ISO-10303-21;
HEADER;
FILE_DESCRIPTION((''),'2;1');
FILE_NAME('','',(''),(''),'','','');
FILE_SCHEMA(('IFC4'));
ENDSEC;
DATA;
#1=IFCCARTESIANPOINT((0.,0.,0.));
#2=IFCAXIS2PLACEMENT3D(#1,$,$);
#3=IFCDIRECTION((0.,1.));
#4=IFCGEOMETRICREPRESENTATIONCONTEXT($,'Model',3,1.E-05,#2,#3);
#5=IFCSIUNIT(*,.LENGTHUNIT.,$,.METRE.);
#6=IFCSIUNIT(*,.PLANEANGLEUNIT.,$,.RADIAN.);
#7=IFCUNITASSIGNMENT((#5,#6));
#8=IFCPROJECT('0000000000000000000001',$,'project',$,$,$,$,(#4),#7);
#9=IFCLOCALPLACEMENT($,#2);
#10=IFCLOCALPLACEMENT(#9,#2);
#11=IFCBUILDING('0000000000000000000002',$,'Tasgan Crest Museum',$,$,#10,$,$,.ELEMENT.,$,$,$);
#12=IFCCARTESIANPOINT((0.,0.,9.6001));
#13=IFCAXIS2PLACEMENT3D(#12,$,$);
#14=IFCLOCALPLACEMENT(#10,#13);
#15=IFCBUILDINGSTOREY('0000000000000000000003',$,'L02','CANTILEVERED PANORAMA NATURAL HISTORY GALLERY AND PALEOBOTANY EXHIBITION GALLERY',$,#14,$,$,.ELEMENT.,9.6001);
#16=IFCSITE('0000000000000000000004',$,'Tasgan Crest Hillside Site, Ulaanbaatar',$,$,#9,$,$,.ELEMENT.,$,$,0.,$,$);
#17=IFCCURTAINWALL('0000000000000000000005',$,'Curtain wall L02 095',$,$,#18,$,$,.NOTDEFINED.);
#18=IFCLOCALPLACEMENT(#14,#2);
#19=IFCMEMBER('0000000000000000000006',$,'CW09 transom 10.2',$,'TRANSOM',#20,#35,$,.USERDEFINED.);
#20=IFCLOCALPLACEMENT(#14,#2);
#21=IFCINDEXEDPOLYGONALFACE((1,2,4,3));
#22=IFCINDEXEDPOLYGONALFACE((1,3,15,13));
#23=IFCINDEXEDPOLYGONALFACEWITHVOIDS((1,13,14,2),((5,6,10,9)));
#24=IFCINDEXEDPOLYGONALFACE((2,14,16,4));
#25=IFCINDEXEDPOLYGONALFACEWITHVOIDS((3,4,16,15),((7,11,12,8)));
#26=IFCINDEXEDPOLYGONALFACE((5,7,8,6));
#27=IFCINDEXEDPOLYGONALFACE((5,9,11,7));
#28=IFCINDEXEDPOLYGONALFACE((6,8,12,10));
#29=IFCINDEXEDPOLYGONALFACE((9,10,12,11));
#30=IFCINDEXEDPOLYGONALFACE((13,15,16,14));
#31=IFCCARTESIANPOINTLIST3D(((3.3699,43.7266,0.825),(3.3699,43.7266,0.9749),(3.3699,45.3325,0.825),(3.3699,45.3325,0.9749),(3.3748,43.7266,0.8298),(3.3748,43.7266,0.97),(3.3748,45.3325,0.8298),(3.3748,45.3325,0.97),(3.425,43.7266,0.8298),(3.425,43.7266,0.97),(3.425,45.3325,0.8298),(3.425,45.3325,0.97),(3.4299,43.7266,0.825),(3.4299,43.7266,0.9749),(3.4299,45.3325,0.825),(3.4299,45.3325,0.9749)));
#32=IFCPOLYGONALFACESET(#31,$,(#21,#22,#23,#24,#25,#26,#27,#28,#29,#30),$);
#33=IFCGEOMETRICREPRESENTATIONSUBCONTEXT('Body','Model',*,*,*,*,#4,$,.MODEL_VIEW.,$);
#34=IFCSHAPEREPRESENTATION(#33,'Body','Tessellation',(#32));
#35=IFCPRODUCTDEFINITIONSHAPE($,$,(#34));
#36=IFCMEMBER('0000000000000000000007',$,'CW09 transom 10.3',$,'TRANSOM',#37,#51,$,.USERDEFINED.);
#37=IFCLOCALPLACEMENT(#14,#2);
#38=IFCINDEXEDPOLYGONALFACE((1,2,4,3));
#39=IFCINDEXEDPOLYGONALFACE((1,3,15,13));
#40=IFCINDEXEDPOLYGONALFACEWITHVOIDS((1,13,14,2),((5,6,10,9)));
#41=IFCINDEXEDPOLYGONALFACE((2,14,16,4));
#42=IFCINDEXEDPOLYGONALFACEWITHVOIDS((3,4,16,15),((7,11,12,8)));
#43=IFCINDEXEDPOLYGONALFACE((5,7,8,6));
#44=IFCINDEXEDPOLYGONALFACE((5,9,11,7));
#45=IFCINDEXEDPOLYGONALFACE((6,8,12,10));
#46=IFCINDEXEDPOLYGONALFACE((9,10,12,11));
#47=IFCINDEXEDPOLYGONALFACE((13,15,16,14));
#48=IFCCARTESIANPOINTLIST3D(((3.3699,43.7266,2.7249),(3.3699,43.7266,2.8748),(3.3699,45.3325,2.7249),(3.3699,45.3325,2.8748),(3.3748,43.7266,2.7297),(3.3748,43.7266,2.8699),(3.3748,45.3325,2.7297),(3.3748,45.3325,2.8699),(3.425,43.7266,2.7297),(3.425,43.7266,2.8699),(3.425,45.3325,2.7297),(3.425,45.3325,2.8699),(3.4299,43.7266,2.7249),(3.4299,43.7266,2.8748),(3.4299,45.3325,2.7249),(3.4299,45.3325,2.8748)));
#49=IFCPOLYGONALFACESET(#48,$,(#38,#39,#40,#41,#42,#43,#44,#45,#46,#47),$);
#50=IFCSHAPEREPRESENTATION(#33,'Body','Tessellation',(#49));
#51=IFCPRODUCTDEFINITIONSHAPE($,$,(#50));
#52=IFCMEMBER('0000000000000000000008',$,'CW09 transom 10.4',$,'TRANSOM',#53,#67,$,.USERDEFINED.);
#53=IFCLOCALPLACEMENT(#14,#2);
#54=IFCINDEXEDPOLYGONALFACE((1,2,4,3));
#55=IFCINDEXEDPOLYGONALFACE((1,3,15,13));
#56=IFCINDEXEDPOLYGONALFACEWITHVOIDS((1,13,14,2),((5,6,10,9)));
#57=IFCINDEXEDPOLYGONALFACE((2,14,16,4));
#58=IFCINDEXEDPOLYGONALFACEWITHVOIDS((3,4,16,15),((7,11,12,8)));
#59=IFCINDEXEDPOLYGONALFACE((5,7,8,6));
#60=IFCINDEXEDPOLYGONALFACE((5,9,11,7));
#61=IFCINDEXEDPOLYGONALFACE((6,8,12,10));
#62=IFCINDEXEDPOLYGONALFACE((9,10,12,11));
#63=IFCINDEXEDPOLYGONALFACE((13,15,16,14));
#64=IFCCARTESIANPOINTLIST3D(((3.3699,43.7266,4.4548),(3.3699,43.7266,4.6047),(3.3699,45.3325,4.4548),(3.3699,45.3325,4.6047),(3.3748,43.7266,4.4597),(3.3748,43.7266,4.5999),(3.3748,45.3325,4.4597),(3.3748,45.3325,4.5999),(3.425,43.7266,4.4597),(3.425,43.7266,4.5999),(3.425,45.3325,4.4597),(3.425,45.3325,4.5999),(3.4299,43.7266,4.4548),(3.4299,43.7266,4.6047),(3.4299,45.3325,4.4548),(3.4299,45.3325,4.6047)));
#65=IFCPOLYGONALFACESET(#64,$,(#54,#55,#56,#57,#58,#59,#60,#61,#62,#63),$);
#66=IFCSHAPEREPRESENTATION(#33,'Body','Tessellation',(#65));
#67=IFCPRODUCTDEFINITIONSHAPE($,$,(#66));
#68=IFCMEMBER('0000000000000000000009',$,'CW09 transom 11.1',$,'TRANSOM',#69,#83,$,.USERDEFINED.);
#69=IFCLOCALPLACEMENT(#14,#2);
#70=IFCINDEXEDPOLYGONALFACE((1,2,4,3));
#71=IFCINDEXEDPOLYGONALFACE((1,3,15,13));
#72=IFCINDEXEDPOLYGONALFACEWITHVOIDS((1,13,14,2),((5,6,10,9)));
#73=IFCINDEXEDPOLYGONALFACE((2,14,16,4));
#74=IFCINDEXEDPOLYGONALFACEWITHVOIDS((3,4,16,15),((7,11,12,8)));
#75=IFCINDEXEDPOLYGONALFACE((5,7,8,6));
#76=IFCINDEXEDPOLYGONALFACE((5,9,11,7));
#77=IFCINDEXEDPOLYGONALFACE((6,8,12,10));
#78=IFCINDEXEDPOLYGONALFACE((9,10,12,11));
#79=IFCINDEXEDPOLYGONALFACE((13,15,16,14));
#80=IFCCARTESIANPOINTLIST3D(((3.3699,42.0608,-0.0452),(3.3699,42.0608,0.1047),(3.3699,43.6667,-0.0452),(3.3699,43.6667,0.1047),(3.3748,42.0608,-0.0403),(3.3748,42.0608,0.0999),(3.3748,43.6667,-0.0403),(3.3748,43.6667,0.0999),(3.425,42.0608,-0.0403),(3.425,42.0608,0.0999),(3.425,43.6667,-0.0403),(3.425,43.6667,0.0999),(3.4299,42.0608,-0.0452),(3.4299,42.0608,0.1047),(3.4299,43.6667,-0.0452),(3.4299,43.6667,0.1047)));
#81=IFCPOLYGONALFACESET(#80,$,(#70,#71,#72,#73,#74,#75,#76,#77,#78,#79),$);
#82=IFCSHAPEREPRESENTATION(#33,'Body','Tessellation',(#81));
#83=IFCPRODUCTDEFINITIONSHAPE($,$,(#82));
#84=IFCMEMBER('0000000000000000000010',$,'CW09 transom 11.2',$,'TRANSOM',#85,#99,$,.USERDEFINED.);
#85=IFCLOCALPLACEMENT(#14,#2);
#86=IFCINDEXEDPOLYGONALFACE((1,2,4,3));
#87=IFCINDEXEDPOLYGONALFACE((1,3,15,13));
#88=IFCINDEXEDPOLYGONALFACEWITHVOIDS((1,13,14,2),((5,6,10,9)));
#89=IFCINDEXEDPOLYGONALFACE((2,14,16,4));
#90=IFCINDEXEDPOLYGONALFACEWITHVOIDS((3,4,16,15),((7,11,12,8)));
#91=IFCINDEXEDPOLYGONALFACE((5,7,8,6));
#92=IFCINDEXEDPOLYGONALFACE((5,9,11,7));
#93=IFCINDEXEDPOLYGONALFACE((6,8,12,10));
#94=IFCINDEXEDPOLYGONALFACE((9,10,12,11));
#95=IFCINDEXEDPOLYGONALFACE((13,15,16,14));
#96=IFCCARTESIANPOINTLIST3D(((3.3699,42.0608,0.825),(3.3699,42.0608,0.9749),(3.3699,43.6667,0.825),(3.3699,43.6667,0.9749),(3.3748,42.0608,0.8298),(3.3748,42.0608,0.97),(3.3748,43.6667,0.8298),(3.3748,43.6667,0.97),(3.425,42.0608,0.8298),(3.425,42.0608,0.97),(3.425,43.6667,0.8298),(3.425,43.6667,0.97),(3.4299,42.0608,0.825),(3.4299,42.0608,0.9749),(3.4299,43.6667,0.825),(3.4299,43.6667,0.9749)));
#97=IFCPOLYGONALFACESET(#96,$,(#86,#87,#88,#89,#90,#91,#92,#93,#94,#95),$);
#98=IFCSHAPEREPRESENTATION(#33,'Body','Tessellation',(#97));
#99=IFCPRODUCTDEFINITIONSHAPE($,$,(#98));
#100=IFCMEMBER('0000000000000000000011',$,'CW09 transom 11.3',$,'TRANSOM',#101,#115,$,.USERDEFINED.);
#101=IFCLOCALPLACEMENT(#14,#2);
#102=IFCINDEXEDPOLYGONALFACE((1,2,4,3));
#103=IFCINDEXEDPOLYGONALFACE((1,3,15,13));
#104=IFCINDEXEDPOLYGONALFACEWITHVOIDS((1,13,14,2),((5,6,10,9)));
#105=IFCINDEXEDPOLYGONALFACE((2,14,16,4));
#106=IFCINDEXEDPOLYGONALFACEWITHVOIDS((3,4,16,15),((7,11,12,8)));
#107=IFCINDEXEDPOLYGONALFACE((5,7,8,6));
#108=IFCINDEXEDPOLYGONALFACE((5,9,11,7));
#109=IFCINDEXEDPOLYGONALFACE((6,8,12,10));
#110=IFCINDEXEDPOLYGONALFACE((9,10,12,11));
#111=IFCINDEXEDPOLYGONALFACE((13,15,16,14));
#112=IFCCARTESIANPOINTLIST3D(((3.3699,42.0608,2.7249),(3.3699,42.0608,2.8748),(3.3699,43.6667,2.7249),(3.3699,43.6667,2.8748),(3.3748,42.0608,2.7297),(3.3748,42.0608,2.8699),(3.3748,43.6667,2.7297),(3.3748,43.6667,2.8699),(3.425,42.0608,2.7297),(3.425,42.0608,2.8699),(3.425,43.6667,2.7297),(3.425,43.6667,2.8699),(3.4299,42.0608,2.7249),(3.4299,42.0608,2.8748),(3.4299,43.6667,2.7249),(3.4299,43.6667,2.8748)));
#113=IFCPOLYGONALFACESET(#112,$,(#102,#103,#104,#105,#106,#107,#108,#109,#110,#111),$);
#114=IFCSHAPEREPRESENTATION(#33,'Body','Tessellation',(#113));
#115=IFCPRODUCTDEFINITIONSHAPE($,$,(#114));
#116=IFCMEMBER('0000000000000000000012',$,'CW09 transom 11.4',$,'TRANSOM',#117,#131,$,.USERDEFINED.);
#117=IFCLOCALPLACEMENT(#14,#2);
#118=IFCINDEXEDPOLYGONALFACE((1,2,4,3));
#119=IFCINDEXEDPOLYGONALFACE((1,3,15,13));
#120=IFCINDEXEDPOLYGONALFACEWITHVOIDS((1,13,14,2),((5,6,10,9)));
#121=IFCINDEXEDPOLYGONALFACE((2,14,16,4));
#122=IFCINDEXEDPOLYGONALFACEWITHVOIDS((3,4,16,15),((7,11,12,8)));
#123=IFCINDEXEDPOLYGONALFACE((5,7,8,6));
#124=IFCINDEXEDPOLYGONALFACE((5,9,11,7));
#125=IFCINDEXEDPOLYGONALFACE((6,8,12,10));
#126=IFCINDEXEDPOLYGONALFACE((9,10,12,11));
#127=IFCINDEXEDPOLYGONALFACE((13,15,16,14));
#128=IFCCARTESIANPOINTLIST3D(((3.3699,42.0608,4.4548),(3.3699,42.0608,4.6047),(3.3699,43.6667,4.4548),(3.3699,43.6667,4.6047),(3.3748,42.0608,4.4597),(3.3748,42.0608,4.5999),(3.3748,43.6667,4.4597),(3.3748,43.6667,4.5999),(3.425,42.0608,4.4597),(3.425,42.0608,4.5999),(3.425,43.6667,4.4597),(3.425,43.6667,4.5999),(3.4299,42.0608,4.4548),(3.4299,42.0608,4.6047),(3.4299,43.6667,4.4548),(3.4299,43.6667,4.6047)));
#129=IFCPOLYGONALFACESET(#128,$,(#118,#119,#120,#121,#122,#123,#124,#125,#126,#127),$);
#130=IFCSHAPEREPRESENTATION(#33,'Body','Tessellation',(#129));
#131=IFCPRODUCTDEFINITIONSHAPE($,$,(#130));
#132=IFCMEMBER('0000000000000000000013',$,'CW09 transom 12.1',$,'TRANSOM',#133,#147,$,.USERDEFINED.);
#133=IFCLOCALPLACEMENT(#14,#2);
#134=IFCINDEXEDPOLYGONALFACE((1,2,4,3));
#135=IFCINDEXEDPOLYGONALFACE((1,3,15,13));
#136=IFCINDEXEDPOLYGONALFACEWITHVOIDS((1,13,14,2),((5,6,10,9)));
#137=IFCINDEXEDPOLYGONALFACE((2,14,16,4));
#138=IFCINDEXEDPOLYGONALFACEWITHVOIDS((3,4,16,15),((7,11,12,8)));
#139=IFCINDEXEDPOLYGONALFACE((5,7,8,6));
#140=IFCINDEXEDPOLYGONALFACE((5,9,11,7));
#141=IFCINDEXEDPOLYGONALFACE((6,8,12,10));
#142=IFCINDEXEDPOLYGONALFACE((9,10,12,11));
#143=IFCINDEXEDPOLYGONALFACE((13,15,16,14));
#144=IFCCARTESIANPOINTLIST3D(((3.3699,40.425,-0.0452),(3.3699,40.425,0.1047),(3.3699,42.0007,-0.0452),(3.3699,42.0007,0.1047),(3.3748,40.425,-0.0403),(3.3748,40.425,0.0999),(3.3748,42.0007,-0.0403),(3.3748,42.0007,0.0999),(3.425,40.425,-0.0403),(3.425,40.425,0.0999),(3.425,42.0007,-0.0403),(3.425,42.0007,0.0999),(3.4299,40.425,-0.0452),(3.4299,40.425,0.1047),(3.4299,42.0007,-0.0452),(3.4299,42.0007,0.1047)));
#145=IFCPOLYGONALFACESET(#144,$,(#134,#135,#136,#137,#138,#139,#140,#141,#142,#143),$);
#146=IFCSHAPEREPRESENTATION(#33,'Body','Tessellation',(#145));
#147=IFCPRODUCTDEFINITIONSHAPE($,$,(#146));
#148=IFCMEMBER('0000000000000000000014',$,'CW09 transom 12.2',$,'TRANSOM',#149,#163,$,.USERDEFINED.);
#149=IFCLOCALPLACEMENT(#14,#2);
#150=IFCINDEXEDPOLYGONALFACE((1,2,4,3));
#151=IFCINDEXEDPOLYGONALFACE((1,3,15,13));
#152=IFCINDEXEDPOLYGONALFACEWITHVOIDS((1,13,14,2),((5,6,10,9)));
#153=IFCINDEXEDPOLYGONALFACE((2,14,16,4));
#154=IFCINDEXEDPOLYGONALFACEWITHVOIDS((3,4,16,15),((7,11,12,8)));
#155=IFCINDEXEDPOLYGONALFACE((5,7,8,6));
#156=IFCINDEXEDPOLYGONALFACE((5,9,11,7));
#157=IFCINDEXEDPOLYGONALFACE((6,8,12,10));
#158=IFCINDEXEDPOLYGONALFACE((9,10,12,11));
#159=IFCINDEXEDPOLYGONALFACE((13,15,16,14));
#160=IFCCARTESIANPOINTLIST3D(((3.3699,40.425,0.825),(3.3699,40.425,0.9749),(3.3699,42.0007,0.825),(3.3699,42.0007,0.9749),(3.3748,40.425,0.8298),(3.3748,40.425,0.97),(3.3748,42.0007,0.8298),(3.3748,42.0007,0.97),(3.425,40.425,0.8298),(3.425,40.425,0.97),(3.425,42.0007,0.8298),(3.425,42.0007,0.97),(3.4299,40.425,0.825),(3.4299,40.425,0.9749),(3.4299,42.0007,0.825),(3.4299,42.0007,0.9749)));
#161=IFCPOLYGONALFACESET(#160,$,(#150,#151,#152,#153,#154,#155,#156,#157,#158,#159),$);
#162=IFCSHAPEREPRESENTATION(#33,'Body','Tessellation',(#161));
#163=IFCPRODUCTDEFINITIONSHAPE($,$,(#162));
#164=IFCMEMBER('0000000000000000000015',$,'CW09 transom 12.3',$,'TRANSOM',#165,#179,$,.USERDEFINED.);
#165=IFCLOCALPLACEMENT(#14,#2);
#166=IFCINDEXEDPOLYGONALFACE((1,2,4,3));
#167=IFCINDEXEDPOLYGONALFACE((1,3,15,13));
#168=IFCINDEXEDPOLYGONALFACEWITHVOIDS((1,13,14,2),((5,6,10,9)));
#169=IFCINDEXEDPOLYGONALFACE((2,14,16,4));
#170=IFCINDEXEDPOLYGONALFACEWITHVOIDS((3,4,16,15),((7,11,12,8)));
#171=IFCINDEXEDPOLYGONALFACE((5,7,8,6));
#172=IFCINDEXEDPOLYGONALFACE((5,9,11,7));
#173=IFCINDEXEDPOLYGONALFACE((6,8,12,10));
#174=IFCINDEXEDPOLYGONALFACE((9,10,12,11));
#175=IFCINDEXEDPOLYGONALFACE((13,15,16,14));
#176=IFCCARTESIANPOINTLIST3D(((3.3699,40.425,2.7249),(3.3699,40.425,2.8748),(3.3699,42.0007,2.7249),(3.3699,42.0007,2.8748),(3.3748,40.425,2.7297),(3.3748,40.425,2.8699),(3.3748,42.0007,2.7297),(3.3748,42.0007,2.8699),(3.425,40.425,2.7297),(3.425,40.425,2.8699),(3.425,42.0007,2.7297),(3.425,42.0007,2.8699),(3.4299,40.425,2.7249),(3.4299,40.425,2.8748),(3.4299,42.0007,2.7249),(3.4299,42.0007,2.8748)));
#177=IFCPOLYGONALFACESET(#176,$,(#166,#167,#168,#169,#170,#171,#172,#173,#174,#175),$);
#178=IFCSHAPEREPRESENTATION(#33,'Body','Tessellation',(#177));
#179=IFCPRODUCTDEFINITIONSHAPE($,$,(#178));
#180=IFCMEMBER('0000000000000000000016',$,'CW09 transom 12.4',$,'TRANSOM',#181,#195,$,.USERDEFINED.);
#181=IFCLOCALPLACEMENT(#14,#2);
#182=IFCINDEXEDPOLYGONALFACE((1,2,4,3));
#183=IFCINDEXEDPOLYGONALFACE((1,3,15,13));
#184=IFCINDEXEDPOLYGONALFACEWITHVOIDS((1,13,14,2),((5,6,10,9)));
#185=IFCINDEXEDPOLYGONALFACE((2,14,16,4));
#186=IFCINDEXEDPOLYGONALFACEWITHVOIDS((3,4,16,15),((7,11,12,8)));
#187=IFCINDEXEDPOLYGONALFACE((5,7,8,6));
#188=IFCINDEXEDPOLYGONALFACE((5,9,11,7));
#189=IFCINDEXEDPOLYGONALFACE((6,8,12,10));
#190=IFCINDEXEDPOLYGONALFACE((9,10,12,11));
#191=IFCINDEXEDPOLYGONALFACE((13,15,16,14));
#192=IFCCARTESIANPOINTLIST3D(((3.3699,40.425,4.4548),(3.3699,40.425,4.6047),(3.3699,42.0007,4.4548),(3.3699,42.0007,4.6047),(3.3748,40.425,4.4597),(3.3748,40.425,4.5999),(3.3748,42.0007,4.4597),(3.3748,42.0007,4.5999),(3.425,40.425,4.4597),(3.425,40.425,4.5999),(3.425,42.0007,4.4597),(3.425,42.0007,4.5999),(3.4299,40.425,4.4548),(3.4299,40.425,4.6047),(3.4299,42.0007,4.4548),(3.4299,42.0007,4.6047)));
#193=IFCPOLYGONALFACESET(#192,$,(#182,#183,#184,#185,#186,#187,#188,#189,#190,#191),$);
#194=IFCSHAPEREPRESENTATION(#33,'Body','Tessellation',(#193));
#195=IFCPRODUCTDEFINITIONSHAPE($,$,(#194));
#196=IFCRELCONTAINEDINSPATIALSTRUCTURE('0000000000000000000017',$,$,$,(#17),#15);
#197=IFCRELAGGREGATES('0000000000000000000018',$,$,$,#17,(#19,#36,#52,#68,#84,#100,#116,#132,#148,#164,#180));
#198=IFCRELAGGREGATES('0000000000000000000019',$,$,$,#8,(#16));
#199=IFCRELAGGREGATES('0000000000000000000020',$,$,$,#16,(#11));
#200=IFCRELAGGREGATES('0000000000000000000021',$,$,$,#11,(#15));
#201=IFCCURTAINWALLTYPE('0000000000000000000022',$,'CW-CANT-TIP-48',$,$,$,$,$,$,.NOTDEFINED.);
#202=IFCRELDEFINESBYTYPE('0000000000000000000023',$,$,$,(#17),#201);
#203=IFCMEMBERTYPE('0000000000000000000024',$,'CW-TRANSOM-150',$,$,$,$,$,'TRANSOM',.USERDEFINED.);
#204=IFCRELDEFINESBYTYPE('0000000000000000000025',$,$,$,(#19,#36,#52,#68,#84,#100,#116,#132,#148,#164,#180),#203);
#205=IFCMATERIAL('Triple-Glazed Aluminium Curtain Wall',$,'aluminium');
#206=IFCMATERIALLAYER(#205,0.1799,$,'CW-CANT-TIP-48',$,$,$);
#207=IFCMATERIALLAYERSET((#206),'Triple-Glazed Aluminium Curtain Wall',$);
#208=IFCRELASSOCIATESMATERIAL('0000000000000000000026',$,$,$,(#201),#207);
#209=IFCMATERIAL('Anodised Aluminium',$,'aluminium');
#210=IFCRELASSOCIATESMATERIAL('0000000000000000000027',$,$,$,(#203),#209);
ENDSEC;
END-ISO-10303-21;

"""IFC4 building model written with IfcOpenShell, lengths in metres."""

from ifc_helpers import new_model, si_unit, direction, frame, origin, origin_2d, place, context, subcontext, project, spatial, hollow_rectangle, extrude, material, layer, layer_set, material_profile, profile_set, type_object, element, aggregate, save


model = new_model("IFC4")

# Units and contexts
model_context = context("Model", 3, precision=1e-05, world=origin(), true_north=direction((0.0, 1.0)))
body_context = subcontext(model_context, "Body", "Model", "MODEL_VIEW")
ifc_project = project(units=[si_unit("LENGTHUNIT", "METRE"), si_unit("PLANEANGLEUNIT", "RADIAN")], contexts=[model_context])

# Site, building, storey
site_placement = place(None, origin())
site = spatial("IfcSite", under=ifc_project, at=site_placement, Name="Tasgan Crest Hillside Site, Ulaanbaatar", CompositionType="ELEMENT", RefElevation=0.0)
building_placement = place(site_placement, origin())
building = spatial("IfcBuilding", under=site, at=building_placement, Name="Tasgan Crest Museum", CompositionType="ELEMENT")
storey_placement = place(building_placement, frame((0.0, 0.0, 9.6001)))
storey = spatial("IfcBuildingStorey", under=building, at=storey_placement, Name="L02", Description="CANTILEVERED PANORAMA NATURAL HISTORY GALLERY AND PALEOBOTANY EXHIBITION GALLERY", CompositionType="ELEMENT", Elevation=9.6001)

# Curtain wall, members
ifc_material_1 = material(Name="Triple-Glazed Aluminium Curtain Wall", Category="aluminium")
ifc_layer_1 = layer(ifc_material_1, 0.1799, Name="CW-CANT-TIP-48")
ifc_layer_set_1 = layer_set([ifc_layer_1], Name="Triple-Glazed Aluminium Curtain Wall")
curtain_wall_type = type_object("IfcCurtainWallType", Name="CW-CANT-TIP-48", PredefinedType="NOTDEFINED", material=ifc_layer_set_1)
curtain_wall_placement = place(storey_placement, origin())
curtain_wall = element("IfcCurtainWall", 1, at=curtain_wall_placement, inside=storey, type_object=curtain_wall_type, Name="Curtain wall L02 095", PredefinedType="NOTDEFINED")
ifc_material_2 = material(Name="Anodised Aluminium", Category="aluminium")
ifc_material_profile_1 = material_profile(ifc_material_2, hollow_rectangle(XDim=0.0601, YDim=0.1499, WallThickness=0.0049, at=origin_2d()), Name="ALU TRANSOM 150x60x5")
ifc_profile_set_1 = profile_set([ifc_material_profile_1], Name="Anodised Aluminium")
member_type_1 = type_object("IfcMemberType", Name="CW-TRANSOM-150", ElementType="TRANSOM", PredefinedType="USERDEFINED", material=ifc_profile_set_1)
member_1_placement = place(storey_placement, frame((3.3999, 45.3325, 0.8999), z_axis=(0.0, -1.0, 0.0), x_axis=(1.0, 0.0, 0.0)))
member_1 = element("IfcMember", 2, at=member_1_placement, type_object=member_type_1, Name="CW09 transom 10.2", ObjectType="TRANSOM", PredefinedType="USERDEFINED", context=body_context, shape_type="SweptSolid", body=[
    extrude(hollow_rectangle(XDim=0.0601, YDim=0.1499, WallThickness=0.0049, at=origin_2d()), origin(), (0.0, 0.0, 1.0), 1.606),
])
member_2_placement = place(storey_placement, frame((3.3999, 45.3325, 2.7998), z_axis=(0.0, -1.0, 0.0), x_axis=(1.0, 0.0, 0.0)))
member_2 = element("IfcMember", 3, at=member_2_placement, type_object=member_type_1, Name="CW09 transom 10.3", ObjectType="TRANSOM", PredefinedType="USERDEFINED", context=body_context, shape_type="SweptSolid", body=[
    extrude(hollow_rectangle(XDim=0.0601, YDim=0.1499, WallThickness=0.0049, at=origin_2d()), origin(), (0.0, 0.0, 1.0), 1.606),
])
member_3_placement = place(storey_placement, frame((3.3999, 45.3325, 4.5298), z_axis=(0.0, -1.0, 0.0), x_axis=(1.0, 0.0, 0.0)))
member_3 = element("IfcMember", 4, at=member_3_placement, type_object=member_type_1, Name="CW09 transom 10.4", ObjectType="TRANSOM", PredefinedType="USERDEFINED", context=body_context, shape_type="SweptSolid", body=[
    extrude(hollow_rectangle(XDim=0.0601, YDim=0.1499, WallThickness=0.0049, at=origin_2d()), origin(), (0.0, 0.0, 1.0), 1.606),
])
member_4_placement = place(storey_placement, frame((3.3999, 43.6667, 0.0298), z_axis=(0.0, -1.0, 0.0), x_axis=(1.0, 0.0, 0.0)))
member_4 = element("IfcMember", 5, at=member_4_placement, type_object=member_type_1, Name="CW09 transom 11.1", ObjectType="TRANSOM", PredefinedType="USERDEFINED", context=body_context, shape_type="SweptSolid", body=[
    extrude(hollow_rectangle(XDim=0.0601, YDim=0.1499, WallThickness=0.0049, at=origin_2d()), origin(), (0.0, 0.0, 1.0), 1.606),
])
member_5_placement = place(storey_placement, frame((3.3999, 43.6667, 0.8999), z_axis=(0.0, -1.0, 0.0), x_axis=(1.0, 0.0, 0.0)))
member_5 = element("IfcMember", 6, at=member_5_placement, type_object=member_type_1, Name="CW09 transom 11.2", ObjectType="TRANSOM", PredefinedType="USERDEFINED", context=body_context, shape_type="SweptSolid", body=[
    extrude(hollow_rectangle(XDim=0.0601, YDim=0.1499, WallThickness=0.0049, at=origin_2d()), origin(), (0.0, 0.0, 1.0), 1.606),
])
member_6_placement = place(storey_placement, frame((3.3999, 43.6667, 2.7998), z_axis=(0.0, -1.0, 0.0), x_axis=(1.0, 0.0, 0.0)))
member_6 = element("IfcMember", 7, at=member_6_placement, type_object=member_type_1, Name="CW09 transom 11.3", ObjectType="TRANSOM", PredefinedType="USERDEFINED", context=body_context, shape_type="SweptSolid", body=[
    extrude(hollow_rectangle(XDim=0.0601, YDim=0.1499, WallThickness=0.0049, at=origin_2d()), origin(), (0.0, 0.0, 1.0), 1.606),
])
member_7_placement = place(storey_placement, frame((3.3999, 43.6667, 4.5298), z_axis=(0.0, -1.0, 0.0), x_axis=(1.0, 0.0, 0.0)))
member_7 = element("IfcMember", 8, at=member_7_placement, type_object=member_type_1, Name="CW09 transom 11.4", ObjectType="TRANSOM", PredefinedType="USERDEFINED", context=body_context, shape_type="SweptSolid", body=[
    extrude(hollow_rectangle(XDim=0.0601, YDim=0.1499, WallThickness=0.0049, at=origin_2d()), origin(), (0.0, 0.0, 1.0), 1.606),
])
member_8_placement = place(storey_placement, frame((3.3999, 42.0007, 0.0298), z_axis=(0.0, -1.0, 0.0), x_axis=(1.0, 0.0, 0.0)))
member_8 = element("IfcMember", 9, at=member_8_placement, type_object=member_type_1, Name="CW09 transom 12.1", ObjectType="TRANSOM", PredefinedType="USERDEFINED", context=body_context, shape_type="SweptSolid", body=[
    extrude(hollow_rectangle(XDim=0.0601, YDim=0.1499, WallThickness=0.0049, at=origin_2d()), origin(), (0.0, 0.0, 1.0), 1.5757),
])
member_9_placement = place(storey_placement, frame((3.3999, 42.0007, 0.8999), z_axis=(0.0, -1.0, 0.0), x_axis=(1.0, 0.0, 0.0)))
member_9 = element("IfcMember", 10, at=member_9_placement, type_object=member_type_1, Name="CW09 transom 12.2", ObjectType="TRANSOM", PredefinedType="USERDEFINED", context=body_context, shape_type="SweptSolid", body=[
    extrude(hollow_rectangle(XDim=0.0601, YDim=0.1499, WallThickness=0.0049, at=origin_2d()), origin(), (0.0, 0.0, 1.0), 1.5757),
])
member_10_placement = place(storey_placement, frame((3.3999, 42.0007, 2.7998), z_axis=(0.0, -1.0, 0.0), x_axis=(1.0, 0.0, 0.0)))
member_10 = element("IfcMember", 11, at=member_10_placement, type_object=member_type_1, Name="CW09 transom 12.3", ObjectType="TRANSOM", PredefinedType="USERDEFINED", context=body_context, shape_type="SweptSolid", body=[
    extrude(hollow_rectangle(XDim=0.0601, YDim=0.1499, WallThickness=0.0049, at=origin_2d()), origin(), (0.0, 0.0, 1.0), 1.5757),
])
member_11_placement = place(storey_placement, frame((3.3999, 42.0007, 4.5298), z_axis=(0.0, -1.0, 0.0), x_axis=(1.0, 0.0, 0.0)))
member_11 = element("IfcMember", 12, at=member_11_placement, type_object=member_type_1, Name="CW09 transom 12.4", ObjectType="TRANSOM", PredefinedType="USERDEFINED", context=body_context, shape_type="SweptSolid", body=[
    extrude(hollow_rectangle(XDim=0.0601, YDim=0.1499, WallThickness=0.0049, at=origin_2d()), origin(), (0.0, 0.0, 1.0), 1.5757),
])
aggregate(curtain_wall, [member_1, member_2, member_3, member_4, member_5, member_6, member_7, member_8, member_9, member_10, member_11])

save(model, "model.ifc")
